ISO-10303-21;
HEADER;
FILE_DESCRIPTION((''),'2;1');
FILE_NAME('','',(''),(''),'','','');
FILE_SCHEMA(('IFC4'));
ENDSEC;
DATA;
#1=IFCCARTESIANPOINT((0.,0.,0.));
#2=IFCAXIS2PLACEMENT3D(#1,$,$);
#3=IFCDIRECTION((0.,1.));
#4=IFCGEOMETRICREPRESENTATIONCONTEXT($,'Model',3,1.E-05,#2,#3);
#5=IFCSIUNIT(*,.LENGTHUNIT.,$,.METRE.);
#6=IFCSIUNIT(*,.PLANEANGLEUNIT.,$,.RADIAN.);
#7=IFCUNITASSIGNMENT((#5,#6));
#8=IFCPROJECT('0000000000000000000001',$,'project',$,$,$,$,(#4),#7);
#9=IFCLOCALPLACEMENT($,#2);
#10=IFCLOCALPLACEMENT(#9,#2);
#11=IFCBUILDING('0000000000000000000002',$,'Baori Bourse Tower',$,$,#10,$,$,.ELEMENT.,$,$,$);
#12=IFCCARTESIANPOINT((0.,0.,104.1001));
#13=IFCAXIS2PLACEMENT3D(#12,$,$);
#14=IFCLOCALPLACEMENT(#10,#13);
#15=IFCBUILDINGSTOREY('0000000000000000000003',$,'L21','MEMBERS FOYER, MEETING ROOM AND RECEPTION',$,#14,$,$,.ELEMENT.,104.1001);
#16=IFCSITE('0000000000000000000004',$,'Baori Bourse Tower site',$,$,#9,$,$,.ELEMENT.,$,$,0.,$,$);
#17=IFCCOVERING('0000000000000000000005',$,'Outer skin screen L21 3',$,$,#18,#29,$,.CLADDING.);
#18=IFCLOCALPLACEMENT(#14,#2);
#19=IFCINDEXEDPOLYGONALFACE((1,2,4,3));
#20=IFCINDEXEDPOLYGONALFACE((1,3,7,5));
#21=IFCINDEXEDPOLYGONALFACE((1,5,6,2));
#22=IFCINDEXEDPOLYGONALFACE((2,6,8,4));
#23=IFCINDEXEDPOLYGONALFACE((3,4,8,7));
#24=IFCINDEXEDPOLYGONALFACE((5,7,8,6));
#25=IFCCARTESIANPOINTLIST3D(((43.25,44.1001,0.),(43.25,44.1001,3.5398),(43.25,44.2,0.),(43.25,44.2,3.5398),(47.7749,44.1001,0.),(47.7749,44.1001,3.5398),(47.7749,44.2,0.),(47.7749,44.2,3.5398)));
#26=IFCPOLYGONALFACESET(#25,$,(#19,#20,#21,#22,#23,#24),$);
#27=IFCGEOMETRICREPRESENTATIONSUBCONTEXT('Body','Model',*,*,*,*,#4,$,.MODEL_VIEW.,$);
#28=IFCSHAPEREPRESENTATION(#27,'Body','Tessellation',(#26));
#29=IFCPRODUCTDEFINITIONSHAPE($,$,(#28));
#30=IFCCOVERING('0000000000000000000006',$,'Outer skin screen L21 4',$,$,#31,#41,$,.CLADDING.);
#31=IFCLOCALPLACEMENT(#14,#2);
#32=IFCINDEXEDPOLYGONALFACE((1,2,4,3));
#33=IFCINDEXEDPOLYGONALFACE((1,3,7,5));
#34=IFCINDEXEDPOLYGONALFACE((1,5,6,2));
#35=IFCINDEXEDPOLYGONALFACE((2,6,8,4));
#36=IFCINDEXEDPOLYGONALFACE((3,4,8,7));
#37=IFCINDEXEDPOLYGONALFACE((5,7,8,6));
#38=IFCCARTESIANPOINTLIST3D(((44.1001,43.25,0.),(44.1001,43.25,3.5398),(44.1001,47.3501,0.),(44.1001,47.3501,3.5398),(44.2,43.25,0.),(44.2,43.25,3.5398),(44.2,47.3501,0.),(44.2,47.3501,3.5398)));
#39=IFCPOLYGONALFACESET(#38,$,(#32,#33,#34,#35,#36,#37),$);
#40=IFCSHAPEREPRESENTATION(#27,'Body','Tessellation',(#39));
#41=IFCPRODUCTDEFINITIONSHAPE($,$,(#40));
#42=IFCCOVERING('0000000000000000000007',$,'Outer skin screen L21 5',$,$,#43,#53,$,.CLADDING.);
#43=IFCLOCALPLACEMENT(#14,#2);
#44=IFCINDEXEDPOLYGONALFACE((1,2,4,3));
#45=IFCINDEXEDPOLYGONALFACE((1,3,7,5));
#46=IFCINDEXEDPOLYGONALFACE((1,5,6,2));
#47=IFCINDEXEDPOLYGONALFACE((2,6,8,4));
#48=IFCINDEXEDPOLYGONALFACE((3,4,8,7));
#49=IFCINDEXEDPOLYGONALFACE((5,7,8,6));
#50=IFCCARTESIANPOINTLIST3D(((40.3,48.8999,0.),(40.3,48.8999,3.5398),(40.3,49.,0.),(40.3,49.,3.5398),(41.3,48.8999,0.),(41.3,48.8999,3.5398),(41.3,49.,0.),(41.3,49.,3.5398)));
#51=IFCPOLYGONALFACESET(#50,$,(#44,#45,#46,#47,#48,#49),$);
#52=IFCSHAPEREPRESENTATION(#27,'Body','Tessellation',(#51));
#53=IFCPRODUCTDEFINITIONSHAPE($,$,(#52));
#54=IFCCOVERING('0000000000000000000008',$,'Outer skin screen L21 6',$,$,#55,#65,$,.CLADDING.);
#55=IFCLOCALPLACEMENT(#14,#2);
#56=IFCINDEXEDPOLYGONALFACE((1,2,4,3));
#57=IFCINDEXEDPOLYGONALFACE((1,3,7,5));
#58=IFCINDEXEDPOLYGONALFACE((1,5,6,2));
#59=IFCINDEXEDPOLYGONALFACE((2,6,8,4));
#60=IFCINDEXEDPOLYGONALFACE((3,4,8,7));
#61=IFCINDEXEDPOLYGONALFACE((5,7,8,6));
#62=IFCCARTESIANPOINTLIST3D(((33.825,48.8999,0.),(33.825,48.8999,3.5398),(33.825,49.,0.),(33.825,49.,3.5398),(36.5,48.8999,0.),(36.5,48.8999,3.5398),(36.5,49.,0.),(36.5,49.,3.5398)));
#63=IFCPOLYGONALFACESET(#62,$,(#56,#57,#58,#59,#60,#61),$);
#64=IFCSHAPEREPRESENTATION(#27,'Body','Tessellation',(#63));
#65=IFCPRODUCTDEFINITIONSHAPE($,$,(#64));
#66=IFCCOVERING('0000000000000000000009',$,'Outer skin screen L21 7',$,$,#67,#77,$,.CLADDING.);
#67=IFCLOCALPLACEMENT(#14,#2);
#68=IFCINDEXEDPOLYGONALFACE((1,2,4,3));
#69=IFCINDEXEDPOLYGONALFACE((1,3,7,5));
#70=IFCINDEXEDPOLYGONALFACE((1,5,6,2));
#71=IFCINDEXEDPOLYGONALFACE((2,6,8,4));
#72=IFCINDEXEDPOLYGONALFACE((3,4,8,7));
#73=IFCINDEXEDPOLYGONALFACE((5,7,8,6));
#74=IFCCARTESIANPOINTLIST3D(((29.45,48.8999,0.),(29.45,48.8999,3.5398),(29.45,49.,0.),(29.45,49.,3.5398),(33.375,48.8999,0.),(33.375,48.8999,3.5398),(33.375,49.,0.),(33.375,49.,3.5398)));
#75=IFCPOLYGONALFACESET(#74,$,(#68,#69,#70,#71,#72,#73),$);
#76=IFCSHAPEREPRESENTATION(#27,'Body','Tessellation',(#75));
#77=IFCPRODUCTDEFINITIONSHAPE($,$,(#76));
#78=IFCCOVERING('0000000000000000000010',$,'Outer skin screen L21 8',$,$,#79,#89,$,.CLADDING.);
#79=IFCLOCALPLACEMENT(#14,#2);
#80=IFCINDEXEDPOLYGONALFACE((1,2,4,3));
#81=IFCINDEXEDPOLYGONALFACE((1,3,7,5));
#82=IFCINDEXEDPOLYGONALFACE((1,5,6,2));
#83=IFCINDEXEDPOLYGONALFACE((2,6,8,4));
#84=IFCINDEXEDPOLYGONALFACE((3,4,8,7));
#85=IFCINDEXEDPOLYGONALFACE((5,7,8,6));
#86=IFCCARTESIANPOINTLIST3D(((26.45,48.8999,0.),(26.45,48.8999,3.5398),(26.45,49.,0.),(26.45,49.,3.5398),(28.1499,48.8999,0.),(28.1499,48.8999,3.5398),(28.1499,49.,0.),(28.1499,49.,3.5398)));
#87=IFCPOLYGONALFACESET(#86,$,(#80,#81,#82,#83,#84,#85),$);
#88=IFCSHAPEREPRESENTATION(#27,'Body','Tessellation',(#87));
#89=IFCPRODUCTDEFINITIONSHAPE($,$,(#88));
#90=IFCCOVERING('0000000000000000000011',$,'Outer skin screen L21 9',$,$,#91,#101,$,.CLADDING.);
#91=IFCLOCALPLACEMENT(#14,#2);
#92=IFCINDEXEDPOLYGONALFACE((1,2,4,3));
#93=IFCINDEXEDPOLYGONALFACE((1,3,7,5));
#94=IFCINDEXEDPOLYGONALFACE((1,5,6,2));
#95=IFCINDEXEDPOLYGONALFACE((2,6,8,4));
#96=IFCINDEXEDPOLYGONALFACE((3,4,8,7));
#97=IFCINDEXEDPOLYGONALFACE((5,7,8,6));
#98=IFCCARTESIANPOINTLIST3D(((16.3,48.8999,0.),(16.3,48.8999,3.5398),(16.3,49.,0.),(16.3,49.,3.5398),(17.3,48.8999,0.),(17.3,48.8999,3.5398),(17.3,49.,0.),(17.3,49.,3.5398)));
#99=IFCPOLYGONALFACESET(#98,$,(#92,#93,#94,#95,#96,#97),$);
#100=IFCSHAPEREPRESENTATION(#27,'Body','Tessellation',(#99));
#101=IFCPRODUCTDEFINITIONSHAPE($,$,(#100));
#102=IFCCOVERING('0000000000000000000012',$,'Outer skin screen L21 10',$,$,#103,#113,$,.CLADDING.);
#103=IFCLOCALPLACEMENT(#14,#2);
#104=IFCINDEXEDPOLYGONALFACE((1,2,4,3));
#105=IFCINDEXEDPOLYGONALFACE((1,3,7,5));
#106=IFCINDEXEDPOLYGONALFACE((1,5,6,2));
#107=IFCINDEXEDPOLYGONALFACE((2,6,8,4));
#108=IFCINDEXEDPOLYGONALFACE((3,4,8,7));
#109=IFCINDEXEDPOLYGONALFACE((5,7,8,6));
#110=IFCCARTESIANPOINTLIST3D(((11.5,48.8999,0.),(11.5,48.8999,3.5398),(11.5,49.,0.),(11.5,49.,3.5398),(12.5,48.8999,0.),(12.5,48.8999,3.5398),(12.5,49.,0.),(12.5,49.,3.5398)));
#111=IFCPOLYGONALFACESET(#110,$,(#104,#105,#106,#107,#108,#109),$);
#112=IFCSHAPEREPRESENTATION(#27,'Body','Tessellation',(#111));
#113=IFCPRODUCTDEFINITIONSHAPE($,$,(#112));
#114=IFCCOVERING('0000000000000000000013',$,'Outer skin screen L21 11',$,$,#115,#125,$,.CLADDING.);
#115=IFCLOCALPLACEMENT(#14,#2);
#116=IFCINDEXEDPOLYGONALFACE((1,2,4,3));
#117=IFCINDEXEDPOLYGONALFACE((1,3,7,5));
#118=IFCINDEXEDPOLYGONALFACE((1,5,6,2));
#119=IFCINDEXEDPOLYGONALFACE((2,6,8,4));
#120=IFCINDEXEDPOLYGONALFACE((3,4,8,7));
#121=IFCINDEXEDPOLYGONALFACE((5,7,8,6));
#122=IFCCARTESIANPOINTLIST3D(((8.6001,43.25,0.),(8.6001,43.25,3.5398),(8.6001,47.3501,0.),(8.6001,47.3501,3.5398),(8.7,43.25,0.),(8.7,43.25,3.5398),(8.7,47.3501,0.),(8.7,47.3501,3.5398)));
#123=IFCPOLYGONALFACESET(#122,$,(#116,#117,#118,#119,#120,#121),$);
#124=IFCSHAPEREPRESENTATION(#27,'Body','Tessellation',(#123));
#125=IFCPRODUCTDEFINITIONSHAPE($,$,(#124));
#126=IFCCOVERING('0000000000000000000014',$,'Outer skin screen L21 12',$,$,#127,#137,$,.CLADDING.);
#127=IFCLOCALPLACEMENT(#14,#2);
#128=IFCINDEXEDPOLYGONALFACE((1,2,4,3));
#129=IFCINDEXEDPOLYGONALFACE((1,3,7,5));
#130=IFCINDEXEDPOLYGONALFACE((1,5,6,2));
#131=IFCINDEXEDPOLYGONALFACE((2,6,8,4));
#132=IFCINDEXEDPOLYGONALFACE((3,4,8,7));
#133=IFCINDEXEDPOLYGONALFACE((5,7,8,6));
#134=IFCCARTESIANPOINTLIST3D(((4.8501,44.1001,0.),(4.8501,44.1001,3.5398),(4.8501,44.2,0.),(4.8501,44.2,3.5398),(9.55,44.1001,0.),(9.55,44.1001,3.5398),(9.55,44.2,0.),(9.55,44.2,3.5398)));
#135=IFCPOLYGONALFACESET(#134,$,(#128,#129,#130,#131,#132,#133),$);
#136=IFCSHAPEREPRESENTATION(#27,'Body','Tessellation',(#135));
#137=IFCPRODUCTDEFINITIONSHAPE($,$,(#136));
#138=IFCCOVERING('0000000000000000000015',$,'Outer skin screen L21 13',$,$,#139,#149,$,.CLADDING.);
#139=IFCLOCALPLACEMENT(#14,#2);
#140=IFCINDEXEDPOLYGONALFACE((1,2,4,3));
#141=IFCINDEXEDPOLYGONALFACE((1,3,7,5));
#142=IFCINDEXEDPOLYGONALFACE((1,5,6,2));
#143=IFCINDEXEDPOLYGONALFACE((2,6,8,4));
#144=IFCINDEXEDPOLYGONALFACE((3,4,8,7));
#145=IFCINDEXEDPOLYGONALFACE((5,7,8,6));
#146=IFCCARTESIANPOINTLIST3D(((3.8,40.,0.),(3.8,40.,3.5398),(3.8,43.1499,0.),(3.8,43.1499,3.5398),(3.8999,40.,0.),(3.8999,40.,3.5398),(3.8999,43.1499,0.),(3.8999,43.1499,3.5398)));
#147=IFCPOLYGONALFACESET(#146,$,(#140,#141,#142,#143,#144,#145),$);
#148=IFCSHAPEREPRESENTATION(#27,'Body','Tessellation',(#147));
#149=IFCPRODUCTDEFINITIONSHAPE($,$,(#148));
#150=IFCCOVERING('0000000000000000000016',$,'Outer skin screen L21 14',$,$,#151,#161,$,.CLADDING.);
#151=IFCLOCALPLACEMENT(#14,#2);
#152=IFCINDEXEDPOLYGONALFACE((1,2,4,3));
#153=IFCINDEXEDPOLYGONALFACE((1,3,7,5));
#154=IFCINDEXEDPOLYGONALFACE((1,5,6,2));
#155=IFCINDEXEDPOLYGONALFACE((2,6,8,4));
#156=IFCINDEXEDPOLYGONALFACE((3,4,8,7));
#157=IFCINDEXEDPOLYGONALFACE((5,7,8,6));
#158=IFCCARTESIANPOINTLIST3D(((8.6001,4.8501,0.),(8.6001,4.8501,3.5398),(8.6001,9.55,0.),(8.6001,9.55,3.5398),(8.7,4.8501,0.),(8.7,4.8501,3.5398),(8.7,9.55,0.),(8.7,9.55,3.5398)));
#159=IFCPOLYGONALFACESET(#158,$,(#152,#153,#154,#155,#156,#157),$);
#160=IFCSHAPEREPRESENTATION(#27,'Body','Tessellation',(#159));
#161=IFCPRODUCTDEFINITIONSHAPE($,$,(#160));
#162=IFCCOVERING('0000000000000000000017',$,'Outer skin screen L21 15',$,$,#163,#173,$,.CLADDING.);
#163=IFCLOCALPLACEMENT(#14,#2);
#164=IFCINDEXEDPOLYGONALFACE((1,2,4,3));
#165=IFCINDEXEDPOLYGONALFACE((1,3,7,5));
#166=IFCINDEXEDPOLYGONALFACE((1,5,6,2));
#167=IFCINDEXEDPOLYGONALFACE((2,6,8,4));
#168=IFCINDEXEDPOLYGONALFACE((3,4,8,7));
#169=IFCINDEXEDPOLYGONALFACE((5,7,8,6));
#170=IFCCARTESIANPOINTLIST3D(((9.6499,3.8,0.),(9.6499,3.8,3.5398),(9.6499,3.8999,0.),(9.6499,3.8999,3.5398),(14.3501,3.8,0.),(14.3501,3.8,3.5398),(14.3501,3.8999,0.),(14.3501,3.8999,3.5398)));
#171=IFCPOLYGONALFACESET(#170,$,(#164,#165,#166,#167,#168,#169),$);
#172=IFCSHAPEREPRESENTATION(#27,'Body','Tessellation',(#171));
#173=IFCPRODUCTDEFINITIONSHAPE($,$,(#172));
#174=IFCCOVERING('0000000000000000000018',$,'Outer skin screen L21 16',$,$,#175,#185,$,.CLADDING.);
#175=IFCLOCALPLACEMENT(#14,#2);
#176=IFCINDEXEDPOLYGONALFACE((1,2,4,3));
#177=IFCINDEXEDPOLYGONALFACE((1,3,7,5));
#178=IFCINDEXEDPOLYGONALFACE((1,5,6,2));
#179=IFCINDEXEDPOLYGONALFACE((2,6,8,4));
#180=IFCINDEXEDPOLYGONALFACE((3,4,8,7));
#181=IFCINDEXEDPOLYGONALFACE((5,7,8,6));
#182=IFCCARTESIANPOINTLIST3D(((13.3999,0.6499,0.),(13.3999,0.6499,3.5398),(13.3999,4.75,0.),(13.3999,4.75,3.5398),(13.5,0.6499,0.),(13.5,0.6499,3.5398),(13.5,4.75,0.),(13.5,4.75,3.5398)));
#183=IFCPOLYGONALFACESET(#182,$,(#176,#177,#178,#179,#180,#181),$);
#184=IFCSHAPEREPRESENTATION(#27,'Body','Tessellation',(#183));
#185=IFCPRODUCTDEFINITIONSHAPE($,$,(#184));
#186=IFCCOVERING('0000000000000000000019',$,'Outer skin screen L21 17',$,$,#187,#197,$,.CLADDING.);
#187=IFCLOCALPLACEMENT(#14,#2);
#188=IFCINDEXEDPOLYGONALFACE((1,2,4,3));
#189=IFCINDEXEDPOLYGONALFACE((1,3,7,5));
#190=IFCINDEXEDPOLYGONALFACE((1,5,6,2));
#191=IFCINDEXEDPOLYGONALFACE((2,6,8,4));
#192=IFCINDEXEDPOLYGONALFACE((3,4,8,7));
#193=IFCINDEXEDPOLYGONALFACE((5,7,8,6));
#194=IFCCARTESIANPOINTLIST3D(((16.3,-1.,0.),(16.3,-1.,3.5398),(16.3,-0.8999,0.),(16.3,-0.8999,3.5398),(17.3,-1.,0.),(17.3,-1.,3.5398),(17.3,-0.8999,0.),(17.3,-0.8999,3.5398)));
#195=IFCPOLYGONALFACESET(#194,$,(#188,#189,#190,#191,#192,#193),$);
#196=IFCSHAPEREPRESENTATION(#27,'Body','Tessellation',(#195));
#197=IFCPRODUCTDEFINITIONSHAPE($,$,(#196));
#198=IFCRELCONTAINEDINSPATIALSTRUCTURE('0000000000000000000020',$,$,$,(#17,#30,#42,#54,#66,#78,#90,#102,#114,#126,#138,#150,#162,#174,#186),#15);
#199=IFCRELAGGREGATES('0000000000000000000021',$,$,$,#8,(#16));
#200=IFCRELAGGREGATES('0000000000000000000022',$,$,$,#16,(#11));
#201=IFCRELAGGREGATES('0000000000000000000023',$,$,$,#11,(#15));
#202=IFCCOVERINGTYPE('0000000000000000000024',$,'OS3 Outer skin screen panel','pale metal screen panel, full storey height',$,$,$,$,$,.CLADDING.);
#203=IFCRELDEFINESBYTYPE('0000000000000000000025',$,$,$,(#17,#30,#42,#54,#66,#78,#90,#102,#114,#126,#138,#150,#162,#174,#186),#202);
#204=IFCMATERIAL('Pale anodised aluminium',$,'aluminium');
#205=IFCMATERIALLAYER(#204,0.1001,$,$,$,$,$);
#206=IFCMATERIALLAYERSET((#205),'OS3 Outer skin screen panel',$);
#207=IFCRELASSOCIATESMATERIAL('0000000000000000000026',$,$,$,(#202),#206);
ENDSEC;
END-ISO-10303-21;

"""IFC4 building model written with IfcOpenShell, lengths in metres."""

from ifc_helpers import new_model, si_unit, direction, frame, origin, place, context, subcontext, project, spatial, polyline, outline, extrude, material, layer, layer_set, type_object, element, save


model = new_model("IFC4")

# Units and contexts
model_context = context("Model", 3, precision=1e-05, world=origin(), true_north=direction((0.0, 1.0)))
body_context = subcontext(model_context, "Body", "Model", "MODEL_VIEW")
ifc_project = project(units=[si_unit("LENGTHUNIT", "METRE"), si_unit("PLANEANGLEUNIT", "RADIAN")], contexts=[model_context])

# Site, building, storey
site_placement = place(None, origin())
site = spatial("IfcSite", under=ifc_project, at=site_placement, Name="Baori Bourse Tower site", CompositionType="ELEMENT", RefElevation=0.0)
building_placement = place(site_placement, origin())
building = spatial("IfcBuilding", under=site, at=building_placement, Name="Baori Bourse Tower", CompositionType="ELEMENT")
storey_placement = place(building_placement, frame((0.0, 0.0, 104.1001)))
storey = spatial("IfcBuildingStorey", under=building, at=storey_placement, Name="L21", Description="MEMBERS FOYER, MEETING ROOM AND RECEPTION", CompositionType="ELEMENT", Elevation=104.1001)

# Coverings
ifc_material_1 = material(Name="Pale anodised aluminium", Category="aluminium")
ifc_layer_1 = layer(ifc_material_1, 0.1001)
ifc_layer_set_1 = layer_set([ifc_layer_1], Name="OS3 Outer skin screen panel")
covering_type = type_object("IfcCoveringType", Name="OS3 Outer skin screen panel", Description="pale metal screen panel, full storey height", PredefinedType="CLADDING", material=ifc_layer_set_1)
covering_1_placement = place(storey_placement, origin())
element("IfcCovering", 1, at=covering_1_placement, inside=storey, type_object=covering_type, Name="Outer skin screen L21 3", PredefinedType="CLADDING", context=body_context, shape_type="SweptSolid", body=[
    extrude(outline(polyline([(43.25, 44.1001), (47.7749, 44.1001), (47.7749, 44.2), (43.25, 44.2), (43.25, 44.1001)])), origin(), (0.0, 0.0, 1.0), 3.5398),
])
covering_2_placement = place(storey_placement, origin())
element("IfcCovering", 2, at=covering_2_placement, inside=storey, type_object=covering_type, Name="Outer skin screen L21 4", PredefinedType="CLADDING", context=body_context, shape_type="SweptSolid", body=[
    extrude(outline(polyline([(44.1001, 47.3501), (44.1001, 43.25), (44.2, 43.25), (44.2, 47.3501), (44.1001, 47.3501)])), origin(), (0.0, 0.0, 1.0), 3.5398),
])
covering_3_placement = place(storey_placement, origin())
element("IfcCovering", 3, at=covering_3_placement, inside=storey, type_object=covering_type, Name="Outer skin screen L21 5", PredefinedType="CLADDING", context=body_context, shape_type="SweptSolid", body=[
    extrude(outline(polyline([(40.3, 48.8999), (41.3, 48.8999), (41.3, 49.0), (40.3, 49.0), (40.3, 48.8999)])), origin(), (0.0, 0.0, 1.0), 3.5398),
])
covering_4_placement = place(storey_placement, origin())
element("IfcCovering", 4, at=covering_4_placement, inside=storey, type_object=covering_type, Name="Outer skin screen L21 6", PredefinedType="CLADDING", context=body_context, shape_type="SweptSolid", body=[
    extrude(outline(polyline([(33.825, 48.8999), (36.5, 48.8999), (36.5, 49.0), (33.825, 49.0), (33.825, 48.8999)])), origin(), (0.0, 0.0, 1.0), 3.5398),
])
covering_5_placement = place(storey_placement, origin())
element("IfcCovering", 5, at=covering_5_placement, inside=storey, type_object=covering_type, Name="Outer skin screen L21 7", PredefinedType="CLADDING", context=body_context, shape_type="SweptSolid", body=[
    extrude(outline(polyline([(29.45, 48.8999), (33.375, 48.8999), (33.375, 49.0), (29.45, 49.0), (29.45, 48.8999)])), origin(), (0.0, 0.0, 1.0), 3.5398),
])
covering_6_placement = place(storey_placement, origin())
element("IfcCovering", 6, at=covering_6_placement, inside=storey, type_object=covering_type, Name="Outer skin screen L21 8", PredefinedType="CLADDING", context=body_context, shape_type="SweptSolid", body=[
    extrude(outline(polyline([(26.45, 48.8999), (28.1499, 48.8999), (28.1499, 49.0), (26.45, 49.0), (26.45, 48.8999)])), origin(), (0.0, 0.0, 1.0), 3.5398),
])
covering_7_placement = place(storey_placement, origin())
element("IfcCovering", 7, at=covering_7_placement, inside=storey, type_object=covering_type, Name="Outer skin screen L21 9", PredefinedType="CLADDING", context=body_context, shape_type="SweptSolid", body=[
    extrude(outline(polyline([(16.3, 48.8999), (17.3, 48.8999), (17.3, 49.0), (16.3, 49.0), (16.3, 48.8999)])), origin(), (0.0, 0.0, 1.0), 3.5398),
])
covering_8_placement = place(storey_placement, origin())
element("IfcCovering", 8, at=covering_8_placement, inside=storey, type_object=covering_type, Name="Outer skin screen L21 10", PredefinedType="CLADDING", context=body_context, shape_type="SweptSolid", body=[
    extrude(outline(polyline([(11.5, 48.8999), (12.5, 48.8999), (12.5, 49.0), (11.5, 49.0), (11.5, 48.8999)])), origin(), (0.0, 0.0, 1.0), 3.5398),
])
covering_9_placement = place(storey_placement, origin())
element("IfcCovering", 9, at=covering_9_placement, inside=storey, type_object=covering_type, Name="Outer skin screen L21 11", PredefinedType="CLADDING", context=body_context, shape_type="SweptSolid", body=[
    extrude(outline(polyline([(8.7, 43.25), (8.7, 47.3501), (8.6001, 47.3501), (8.6001, 43.25), (8.7, 43.25)])), origin(), (0.0, 0.0, 1.0), 3.5398),
])
covering_10_placement = place(storey_placement, origin())
element("IfcCovering", 10, at=covering_10_placement, inside=storey, type_object=covering_type, Name="Outer skin screen L21 12", PredefinedType="CLADDING", context=body_context, shape_type="SweptSolid", body=[
    extrude(outline(polyline([(4.8501, 44.1001), (9.55, 44.1001), (9.55, 44.2), (4.8501, 44.2), (4.8501, 44.1001)])), origin(), (0.0, 0.0, 1.0), 3.5398),
])
covering_11_placement = place(storey_placement, origin())
element("IfcCovering", 11, at=covering_11_placement, inside=storey, type_object=covering_type, Name="Outer skin screen L21 13", PredefinedType="CLADDING", context=body_context, shape_type="SweptSolid", body=[
    extrude(outline(polyline([(3.8999, 40.0), (3.8999, 43.1499), (3.8, 43.1499), (3.8, 40.0), (3.8999, 40.0), (3.8999, 40.0)])), origin(), (0.0, 0.0, 1.0), 3.5398),
])
covering_12_placement = place(storey_placement, origin())
element("IfcCovering", 12, at=covering_12_placement, inside=storey, type_object=covering_type, Name="Outer skin screen L21 14", PredefinedType="CLADDING", context=body_context, shape_type="SweptSolid", body=[
    extrude(outline(polyline([(8.7, 4.8501), (8.7, 9.55), (8.6001, 9.55), (8.6001, 4.8501), (8.7, 4.8501)])), origin(), (0.0, 0.0, 1.0), 3.5398),
])
covering_13_placement = place(storey_placement, origin())
element("IfcCovering", 13, at=covering_13_placement, inside=storey, type_object=covering_type, Name="Outer skin screen L21 15", PredefinedType="CLADDING", context=body_context, shape_type="SweptSolid", body=[
    extrude(outline(polyline([(14.3501, 3.8999), (9.6499, 3.8999), (9.6499, 3.8), (14.3501, 3.8), (14.3501, 3.8999)])), origin(), (0.0, 0.0, 1.0), 3.5398),
])
covering_14_placement = place(storey_placement, origin())
element("IfcCovering", 14, at=covering_14_placement, inside=storey, type_object=covering_type, Name="Outer skin screen L21 16", PredefinedType="CLADDING", context=body_context, shape_type="SweptSolid", body=[
    extrude(outline(polyline([(13.5, 0.6499), (13.5, 4.75), (13.3999, 4.75), (13.3999, 0.6499), (13.5, 0.6499)])), origin(), (0.0, 0.0, 1.0), 3.5398),
])
covering_15_placement = place(storey_placement, origin())
element("IfcCovering", 15, at=covering_15_placement, inside=storey, type_object=covering_type, Name="Outer skin screen L21 17", PredefinedType="CLADDING", context=body_context, shape_type="SweptSolid", body=[
    extrude(outline(polyline([(17.3, -0.8999), (16.3, -0.8999), (16.3, -1.0), (17.3, -1.0), (17.3, -0.8999)])), origin(), (0.0, 0.0, 1.0), 3.5398),
])

save(model, "model.ifc")
